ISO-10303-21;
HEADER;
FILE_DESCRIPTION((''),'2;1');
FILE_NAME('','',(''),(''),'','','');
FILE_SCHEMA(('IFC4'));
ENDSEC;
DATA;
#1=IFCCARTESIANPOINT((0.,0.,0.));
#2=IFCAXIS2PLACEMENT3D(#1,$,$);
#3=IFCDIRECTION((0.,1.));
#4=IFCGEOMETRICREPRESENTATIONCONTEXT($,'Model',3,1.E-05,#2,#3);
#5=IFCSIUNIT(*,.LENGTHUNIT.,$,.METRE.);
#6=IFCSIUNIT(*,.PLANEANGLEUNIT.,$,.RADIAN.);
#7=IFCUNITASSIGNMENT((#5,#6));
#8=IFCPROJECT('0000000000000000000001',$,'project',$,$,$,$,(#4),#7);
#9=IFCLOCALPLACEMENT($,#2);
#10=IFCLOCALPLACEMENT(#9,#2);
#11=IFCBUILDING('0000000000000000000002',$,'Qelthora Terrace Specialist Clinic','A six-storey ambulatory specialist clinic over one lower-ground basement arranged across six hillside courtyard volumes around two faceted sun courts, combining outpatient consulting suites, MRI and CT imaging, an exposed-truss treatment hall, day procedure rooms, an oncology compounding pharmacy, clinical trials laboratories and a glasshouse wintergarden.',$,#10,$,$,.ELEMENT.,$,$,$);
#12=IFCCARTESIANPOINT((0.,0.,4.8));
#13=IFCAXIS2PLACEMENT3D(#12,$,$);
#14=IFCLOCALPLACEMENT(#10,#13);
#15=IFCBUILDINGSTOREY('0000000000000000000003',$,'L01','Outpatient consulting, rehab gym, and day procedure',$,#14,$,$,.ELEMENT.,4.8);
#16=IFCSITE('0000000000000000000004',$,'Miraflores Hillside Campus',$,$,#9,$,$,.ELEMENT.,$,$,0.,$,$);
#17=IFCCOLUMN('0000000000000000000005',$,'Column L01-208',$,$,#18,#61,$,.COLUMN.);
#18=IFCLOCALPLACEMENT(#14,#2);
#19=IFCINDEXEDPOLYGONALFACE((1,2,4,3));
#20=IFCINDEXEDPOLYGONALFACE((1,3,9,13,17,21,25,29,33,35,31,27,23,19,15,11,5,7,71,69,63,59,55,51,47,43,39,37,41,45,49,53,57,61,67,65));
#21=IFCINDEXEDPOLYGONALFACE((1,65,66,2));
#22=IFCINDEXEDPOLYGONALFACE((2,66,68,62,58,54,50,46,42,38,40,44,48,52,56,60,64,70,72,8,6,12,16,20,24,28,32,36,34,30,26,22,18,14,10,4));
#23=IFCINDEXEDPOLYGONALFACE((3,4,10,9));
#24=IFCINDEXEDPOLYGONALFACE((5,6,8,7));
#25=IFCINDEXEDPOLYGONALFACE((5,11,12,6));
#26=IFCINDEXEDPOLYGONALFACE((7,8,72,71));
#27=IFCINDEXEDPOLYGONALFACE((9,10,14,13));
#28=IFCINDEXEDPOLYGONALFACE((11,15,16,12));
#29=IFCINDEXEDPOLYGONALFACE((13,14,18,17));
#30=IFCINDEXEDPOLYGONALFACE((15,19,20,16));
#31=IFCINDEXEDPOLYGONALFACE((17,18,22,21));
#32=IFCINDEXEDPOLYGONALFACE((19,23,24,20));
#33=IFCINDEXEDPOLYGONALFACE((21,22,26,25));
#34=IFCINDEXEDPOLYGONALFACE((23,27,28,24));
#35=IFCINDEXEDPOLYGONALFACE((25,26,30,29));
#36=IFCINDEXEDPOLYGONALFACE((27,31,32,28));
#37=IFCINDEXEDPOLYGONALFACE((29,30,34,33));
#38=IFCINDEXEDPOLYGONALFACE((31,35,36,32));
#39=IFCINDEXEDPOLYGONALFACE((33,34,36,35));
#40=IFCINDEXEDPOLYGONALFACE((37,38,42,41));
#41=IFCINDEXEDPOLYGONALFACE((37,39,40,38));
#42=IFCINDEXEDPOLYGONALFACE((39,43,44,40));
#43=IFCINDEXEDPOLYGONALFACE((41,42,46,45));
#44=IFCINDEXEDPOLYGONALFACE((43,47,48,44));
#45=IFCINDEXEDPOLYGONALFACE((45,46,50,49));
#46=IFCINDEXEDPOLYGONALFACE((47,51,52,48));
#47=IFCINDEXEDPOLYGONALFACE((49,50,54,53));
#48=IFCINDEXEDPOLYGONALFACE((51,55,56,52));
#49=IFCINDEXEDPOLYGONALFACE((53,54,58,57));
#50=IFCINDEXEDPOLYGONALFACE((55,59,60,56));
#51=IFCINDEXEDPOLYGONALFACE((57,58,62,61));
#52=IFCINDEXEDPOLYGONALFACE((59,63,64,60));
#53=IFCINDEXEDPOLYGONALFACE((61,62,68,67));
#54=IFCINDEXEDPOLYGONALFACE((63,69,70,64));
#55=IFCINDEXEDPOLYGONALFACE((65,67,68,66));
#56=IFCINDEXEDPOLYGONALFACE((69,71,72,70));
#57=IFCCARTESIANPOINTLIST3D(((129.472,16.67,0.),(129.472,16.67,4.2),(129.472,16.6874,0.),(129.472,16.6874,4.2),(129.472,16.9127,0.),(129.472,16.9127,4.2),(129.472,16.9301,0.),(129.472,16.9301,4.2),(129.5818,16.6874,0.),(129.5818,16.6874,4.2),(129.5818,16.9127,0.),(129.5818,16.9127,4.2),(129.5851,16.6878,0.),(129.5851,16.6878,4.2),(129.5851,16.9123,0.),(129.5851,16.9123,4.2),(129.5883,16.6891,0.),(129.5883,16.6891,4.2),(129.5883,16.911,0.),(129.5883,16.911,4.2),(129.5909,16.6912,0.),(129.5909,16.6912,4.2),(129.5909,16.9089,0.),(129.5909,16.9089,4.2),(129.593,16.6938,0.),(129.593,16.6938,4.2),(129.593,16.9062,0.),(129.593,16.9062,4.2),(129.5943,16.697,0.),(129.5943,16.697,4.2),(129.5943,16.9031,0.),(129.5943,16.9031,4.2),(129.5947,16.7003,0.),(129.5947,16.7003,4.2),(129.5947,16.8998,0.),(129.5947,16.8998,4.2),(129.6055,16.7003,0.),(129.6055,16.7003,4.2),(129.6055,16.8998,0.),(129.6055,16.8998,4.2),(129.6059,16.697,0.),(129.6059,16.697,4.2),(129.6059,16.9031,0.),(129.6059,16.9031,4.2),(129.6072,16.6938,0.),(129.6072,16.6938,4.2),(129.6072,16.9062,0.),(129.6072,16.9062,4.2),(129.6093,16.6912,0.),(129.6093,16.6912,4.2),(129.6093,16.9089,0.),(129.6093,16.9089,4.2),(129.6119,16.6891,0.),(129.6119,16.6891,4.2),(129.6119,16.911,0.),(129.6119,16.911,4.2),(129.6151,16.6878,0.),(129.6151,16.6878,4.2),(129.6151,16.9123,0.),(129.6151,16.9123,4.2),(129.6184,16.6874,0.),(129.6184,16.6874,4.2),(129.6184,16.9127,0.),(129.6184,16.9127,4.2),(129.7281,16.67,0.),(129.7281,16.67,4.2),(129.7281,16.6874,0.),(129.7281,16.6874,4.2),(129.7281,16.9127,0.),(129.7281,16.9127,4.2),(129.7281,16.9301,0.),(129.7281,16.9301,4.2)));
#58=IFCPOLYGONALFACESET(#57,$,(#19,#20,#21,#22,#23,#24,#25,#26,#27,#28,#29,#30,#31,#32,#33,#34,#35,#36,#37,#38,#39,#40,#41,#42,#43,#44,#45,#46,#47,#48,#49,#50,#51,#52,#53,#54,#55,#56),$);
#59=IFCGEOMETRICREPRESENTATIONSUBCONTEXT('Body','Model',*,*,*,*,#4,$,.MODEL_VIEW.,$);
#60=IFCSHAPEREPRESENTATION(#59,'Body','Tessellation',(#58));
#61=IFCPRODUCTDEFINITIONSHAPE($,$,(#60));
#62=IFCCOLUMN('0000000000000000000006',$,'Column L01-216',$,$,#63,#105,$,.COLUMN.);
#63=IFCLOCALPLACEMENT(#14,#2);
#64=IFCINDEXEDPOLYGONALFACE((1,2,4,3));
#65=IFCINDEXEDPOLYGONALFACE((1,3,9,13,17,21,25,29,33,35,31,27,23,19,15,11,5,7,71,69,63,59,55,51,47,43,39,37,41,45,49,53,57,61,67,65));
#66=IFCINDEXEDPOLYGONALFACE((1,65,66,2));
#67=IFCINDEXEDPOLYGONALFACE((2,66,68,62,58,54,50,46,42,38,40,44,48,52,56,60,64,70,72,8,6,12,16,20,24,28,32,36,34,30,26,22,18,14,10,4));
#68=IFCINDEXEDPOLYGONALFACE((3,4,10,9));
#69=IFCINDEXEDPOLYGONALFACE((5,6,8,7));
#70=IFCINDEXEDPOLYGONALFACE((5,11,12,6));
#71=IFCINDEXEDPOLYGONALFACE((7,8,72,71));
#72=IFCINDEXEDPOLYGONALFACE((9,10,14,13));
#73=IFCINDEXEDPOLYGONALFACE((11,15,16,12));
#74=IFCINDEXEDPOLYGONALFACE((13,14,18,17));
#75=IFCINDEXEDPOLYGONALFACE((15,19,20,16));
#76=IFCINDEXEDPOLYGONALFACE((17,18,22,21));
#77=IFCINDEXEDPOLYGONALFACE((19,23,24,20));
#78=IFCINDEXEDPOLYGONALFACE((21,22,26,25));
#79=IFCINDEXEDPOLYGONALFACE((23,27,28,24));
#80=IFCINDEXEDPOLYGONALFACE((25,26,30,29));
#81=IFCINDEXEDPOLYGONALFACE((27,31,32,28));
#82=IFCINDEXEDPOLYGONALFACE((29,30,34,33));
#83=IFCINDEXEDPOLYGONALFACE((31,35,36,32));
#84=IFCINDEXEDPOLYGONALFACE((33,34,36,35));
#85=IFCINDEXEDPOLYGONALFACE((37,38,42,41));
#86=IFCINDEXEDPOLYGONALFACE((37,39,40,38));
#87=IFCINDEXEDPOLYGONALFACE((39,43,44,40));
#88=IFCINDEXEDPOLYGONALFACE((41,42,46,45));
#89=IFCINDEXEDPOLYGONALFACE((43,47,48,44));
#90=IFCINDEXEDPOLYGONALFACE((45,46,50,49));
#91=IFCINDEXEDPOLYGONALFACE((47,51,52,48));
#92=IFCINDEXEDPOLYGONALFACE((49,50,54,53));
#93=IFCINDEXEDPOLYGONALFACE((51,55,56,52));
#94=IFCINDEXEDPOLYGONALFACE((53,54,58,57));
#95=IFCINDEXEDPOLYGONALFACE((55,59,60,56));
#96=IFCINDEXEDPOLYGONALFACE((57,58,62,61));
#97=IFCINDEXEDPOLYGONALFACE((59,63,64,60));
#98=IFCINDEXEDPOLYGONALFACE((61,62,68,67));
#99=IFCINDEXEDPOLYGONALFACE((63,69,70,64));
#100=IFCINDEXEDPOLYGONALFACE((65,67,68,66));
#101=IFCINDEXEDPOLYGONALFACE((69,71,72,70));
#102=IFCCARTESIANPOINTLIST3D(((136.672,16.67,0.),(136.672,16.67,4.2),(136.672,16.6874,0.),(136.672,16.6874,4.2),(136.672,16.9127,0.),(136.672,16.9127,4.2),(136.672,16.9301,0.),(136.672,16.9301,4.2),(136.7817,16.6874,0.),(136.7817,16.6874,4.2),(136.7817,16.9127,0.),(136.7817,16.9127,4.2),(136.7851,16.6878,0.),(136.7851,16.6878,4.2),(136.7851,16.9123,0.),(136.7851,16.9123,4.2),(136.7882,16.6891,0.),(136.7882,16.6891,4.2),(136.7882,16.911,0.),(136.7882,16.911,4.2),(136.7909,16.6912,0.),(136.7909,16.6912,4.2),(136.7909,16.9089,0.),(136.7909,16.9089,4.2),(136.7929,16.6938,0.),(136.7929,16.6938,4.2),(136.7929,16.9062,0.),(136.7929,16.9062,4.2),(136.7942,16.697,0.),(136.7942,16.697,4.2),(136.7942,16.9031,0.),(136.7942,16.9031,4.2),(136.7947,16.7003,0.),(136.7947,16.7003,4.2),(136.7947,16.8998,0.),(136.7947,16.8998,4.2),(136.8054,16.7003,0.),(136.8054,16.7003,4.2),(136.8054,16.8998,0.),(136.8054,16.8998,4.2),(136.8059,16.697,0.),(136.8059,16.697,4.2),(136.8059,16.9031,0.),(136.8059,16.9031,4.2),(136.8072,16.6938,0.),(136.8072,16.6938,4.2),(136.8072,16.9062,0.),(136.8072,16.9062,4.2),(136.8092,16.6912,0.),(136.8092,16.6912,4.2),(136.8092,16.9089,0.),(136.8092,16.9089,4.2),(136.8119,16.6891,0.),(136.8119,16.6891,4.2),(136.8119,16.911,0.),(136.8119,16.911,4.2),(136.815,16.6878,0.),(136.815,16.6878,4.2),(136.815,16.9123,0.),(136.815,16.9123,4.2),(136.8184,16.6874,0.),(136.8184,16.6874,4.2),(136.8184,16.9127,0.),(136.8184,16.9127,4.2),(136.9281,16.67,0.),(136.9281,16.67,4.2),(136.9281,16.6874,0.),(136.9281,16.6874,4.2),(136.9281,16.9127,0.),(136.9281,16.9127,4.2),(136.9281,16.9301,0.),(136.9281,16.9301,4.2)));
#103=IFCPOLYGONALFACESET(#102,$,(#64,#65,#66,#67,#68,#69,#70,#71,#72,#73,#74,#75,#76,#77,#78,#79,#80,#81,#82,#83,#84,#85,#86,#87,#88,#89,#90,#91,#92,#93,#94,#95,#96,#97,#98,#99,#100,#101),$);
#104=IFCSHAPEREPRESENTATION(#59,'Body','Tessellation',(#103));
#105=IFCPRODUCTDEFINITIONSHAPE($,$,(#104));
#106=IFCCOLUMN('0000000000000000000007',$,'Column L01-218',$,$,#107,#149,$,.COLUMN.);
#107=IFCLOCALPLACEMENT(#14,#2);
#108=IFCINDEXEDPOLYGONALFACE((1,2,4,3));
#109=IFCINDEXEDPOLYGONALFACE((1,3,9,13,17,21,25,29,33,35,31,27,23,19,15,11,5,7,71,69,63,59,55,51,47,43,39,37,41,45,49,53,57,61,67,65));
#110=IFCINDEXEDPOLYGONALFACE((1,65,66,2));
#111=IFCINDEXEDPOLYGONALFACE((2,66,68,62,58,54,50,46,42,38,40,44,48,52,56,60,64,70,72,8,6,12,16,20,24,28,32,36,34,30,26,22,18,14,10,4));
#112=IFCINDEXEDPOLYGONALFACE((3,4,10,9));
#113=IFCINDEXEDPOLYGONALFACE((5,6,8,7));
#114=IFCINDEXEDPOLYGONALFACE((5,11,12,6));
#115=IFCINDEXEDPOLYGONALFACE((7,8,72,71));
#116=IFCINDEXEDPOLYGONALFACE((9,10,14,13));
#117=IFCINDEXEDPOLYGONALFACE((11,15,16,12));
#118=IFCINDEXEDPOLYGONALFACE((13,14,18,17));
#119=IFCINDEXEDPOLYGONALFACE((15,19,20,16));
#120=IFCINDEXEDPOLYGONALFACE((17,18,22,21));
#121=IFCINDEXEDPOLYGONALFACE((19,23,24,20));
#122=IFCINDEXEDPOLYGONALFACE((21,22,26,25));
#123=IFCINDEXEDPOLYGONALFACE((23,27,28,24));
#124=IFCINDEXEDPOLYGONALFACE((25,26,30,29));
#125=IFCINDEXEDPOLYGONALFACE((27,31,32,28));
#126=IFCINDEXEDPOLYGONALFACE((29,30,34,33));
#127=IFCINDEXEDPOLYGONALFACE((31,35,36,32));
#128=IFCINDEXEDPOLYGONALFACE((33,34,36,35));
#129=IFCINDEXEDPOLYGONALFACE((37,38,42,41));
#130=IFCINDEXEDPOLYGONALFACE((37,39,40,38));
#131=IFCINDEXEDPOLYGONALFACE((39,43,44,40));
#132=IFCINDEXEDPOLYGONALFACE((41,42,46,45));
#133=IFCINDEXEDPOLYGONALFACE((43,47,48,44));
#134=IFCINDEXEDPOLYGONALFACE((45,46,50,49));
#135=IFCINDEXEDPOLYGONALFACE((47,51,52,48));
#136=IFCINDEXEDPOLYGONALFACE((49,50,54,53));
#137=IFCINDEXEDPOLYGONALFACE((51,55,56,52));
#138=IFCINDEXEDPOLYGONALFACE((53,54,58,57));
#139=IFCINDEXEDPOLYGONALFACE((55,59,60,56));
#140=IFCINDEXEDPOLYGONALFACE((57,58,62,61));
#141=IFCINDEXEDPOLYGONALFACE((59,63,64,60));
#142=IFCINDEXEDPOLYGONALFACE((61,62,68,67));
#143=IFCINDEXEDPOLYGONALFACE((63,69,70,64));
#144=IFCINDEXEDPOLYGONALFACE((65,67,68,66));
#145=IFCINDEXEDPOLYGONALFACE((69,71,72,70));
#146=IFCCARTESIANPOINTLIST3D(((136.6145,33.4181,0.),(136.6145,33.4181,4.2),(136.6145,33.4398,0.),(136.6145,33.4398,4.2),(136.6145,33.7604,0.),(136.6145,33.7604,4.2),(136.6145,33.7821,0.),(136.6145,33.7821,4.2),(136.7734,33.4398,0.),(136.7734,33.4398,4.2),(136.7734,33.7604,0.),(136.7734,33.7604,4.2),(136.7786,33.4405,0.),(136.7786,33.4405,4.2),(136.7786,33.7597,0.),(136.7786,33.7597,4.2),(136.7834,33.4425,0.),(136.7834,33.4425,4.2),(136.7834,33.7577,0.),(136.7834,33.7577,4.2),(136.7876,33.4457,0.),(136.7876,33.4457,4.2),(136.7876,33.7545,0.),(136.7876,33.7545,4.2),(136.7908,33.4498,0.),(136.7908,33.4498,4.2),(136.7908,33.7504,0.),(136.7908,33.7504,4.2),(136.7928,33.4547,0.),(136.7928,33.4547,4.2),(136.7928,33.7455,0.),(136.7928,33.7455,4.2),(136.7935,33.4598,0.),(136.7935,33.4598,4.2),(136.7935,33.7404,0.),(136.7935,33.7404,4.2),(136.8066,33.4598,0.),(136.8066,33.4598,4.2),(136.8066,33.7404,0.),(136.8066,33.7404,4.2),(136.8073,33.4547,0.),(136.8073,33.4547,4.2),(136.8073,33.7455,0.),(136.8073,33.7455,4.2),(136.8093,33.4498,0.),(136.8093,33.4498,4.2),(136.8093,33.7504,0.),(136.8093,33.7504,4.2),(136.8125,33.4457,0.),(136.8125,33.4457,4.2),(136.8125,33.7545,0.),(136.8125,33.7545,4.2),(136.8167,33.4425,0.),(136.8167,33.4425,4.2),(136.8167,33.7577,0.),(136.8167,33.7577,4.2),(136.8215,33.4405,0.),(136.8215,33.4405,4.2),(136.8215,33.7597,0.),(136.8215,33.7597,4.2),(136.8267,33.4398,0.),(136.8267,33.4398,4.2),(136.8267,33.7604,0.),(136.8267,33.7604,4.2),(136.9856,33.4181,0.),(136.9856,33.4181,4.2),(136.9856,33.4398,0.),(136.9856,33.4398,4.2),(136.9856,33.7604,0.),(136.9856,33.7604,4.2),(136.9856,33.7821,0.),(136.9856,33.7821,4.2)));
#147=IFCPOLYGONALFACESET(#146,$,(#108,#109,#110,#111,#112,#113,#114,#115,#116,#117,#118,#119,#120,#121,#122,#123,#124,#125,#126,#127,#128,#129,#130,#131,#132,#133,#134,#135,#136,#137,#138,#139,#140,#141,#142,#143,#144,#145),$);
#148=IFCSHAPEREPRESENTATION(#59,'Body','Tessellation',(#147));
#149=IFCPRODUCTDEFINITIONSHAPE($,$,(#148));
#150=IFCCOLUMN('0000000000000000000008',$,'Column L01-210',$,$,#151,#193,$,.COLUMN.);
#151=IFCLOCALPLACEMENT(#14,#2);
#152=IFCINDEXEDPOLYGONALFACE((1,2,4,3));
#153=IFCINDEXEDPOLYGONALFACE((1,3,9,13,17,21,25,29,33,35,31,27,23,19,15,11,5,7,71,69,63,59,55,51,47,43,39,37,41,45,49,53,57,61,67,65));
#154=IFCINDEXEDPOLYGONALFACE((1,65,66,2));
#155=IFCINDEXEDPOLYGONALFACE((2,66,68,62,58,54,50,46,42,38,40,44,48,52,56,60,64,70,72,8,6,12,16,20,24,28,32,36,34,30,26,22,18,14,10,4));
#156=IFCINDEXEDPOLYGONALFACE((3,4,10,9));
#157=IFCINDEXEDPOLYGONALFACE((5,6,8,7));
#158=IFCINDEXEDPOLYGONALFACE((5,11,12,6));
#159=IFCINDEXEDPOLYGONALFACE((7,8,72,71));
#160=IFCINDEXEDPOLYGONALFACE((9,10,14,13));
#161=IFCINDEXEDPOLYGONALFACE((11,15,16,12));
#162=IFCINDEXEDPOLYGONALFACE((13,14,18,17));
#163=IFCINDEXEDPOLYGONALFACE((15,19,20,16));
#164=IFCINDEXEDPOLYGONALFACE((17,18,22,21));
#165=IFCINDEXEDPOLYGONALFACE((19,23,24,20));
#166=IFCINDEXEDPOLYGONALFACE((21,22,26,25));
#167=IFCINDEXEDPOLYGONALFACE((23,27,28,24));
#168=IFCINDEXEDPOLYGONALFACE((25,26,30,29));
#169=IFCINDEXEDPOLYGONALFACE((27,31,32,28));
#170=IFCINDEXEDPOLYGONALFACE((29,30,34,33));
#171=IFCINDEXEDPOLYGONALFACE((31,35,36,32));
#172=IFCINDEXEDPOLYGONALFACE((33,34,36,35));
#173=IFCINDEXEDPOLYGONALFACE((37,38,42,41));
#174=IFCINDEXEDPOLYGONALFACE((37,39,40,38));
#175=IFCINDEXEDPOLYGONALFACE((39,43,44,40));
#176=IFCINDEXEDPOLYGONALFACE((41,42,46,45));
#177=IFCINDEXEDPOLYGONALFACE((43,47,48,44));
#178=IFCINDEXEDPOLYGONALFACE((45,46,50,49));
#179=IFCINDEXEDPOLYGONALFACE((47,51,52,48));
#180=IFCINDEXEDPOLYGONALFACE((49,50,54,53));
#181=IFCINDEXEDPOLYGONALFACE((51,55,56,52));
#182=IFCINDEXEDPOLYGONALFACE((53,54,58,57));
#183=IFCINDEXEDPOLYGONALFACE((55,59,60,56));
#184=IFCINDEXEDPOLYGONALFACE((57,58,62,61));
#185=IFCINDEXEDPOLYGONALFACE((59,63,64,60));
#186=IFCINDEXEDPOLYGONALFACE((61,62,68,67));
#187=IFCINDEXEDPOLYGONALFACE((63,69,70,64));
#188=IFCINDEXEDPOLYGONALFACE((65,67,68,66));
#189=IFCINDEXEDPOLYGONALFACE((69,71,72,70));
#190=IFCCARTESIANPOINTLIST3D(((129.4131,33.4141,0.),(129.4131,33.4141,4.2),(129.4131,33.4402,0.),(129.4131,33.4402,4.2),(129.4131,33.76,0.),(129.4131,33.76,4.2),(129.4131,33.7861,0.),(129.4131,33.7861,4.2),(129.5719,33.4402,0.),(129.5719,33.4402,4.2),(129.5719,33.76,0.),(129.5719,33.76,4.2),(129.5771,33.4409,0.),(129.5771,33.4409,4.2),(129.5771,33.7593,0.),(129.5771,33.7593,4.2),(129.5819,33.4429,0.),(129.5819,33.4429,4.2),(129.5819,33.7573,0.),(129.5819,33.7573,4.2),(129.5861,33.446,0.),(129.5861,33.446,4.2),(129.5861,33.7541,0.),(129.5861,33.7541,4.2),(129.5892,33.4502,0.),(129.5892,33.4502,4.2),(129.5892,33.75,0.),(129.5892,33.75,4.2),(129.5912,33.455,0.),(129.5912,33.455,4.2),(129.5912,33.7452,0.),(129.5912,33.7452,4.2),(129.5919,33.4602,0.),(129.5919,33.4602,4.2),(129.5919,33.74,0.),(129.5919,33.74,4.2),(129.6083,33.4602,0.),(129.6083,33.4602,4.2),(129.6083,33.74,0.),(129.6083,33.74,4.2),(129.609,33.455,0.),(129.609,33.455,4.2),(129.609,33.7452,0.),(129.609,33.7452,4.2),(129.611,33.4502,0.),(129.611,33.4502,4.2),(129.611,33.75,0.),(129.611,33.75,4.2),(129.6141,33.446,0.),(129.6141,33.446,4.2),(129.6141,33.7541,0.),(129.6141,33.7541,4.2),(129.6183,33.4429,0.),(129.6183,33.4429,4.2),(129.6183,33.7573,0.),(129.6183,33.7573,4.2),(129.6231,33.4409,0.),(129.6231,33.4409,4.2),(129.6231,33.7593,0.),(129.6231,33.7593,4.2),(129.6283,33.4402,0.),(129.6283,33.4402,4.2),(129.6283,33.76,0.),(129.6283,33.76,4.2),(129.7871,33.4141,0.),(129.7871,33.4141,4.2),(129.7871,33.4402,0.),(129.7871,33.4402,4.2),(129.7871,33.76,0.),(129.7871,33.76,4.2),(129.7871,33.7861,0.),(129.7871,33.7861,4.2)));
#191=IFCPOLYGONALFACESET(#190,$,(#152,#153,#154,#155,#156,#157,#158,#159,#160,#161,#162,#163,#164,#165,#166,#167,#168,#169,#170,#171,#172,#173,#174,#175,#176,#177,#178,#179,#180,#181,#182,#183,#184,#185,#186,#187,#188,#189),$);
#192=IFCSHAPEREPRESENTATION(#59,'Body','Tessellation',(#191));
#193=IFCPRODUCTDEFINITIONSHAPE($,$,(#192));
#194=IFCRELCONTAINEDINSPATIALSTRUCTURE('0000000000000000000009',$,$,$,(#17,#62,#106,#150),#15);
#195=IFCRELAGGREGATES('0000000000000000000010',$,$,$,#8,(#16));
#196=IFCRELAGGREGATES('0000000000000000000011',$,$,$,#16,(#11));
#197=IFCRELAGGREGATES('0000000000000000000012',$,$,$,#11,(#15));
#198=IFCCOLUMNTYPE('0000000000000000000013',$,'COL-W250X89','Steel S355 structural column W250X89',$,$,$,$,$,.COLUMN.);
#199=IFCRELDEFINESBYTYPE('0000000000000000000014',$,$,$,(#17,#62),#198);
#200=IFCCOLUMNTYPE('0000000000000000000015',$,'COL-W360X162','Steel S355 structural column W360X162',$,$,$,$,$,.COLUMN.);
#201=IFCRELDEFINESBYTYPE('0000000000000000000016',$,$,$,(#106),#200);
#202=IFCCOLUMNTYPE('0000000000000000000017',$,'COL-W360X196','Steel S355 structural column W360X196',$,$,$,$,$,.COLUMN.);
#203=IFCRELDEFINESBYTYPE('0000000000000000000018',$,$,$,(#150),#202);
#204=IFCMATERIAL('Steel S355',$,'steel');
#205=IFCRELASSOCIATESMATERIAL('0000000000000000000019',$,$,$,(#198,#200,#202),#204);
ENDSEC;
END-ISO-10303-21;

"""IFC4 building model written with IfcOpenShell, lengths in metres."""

from ifc_helpers import new_model, si_unit, direction, frame, origin, origin_2d, place, context, subcontext, project, spatial, i_section, extrude, material, material_profile, profile_set, type_object, element, save


model = new_model("IFC4")

# Units and contexts
model_context = context("Model", 3, precision=1e-05, world=origin(), true_north=direction((0.0, 1.0)))
body_context = subcontext(model_context, "Body", "Model", "MODEL_VIEW")
ifc_project = project(units=[si_unit("LENGTHUNIT", "METRE"), si_unit("PLANEANGLEUNIT", "RADIAN")], contexts=[model_context])

# Site, building, storey
site_placement = place(None, origin())
site = spatial("IfcSite", under=ifc_project, at=site_placement, Name="Miraflores Hillside Campus", CompositionType="ELEMENT", RefElevation=0.0)
building_placement = place(site_placement, origin())
building = spatial("IfcBuilding", under=site, at=building_placement, Name="Qelthora Terrace Specialist Clinic", Description="A six-storey ambulatory specialist clinic over one lower-ground basement arranged across six hillside courtyard volumes around two faceted sun courts, combining outpatient consulting suites, MRI and CT imaging, an exposed-truss treatment hall, day procedure rooms, an oncology compounding pharmacy, clinical trials laboratories and a glasshouse wintergarden.", CompositionType="ELEMENT")
storey_placement = place(building_placement, frame((0.0, 0.0, 4.8)))
storey = spatial("IfcBuildingStorey", under=building, at=storey_placement, Name="L01", Description="Outpatient consulting, rehab gym, and day procedure", CompositionType="ELEMENT", Elevation=4.8)

# Columns
ifc_material_1 = material(Name="Steel S355", Category="steel")
ifc_material_profile_1 = material_profile(ifc_material_1, i_section(OverallWidth=0.2561, OverallDepth=0.26, WebThickness=0.0107, FlangeThickness=0.0173, FilletRadius=0.0129, at=origin_2d()), Name="W250X89")
ifc_profile_set_1 = profile_set([ifc_material_profile_1], Name="Steel S355")
column_type_1 = type_object("IfcColumnType", Name="COL-W250X89", Description="Steel S355 structural column W250X89", PredefinedType="COLUMN", material=ifc_profile_set_1)
for number, where, z_axis, x_axis, name in (
    (1, (129.6001, 16.8, 0.0), (0.0, 0.0, 1.0), (1.0, 0.0, 0.0), "Column L01-208"),
    (2, (136.8, 16.8, 0.0), (0.0, 0.0, 1.0), (1.0, 0.0, 0.0), "Column L01-216"),
):
    element("IfcColumn", number, at=place(storey_placement, frame(where, z_axis=z_axis, x_axis=x_axis)), inside=storey, type_object=column_type_1, Name=name, PredefinedType="COLUMN", context=body_context, shape_type="SweptSolid", body=[
        extrude(i_section(OverallWidth=0.2561, OverallDepth=0.26, WebThickness=0.0107, FlangeThickness=0.0173, FilletRadius=0.0129, at=origin_2d()), origin(), (0.0, 0.0, 1.0), 4.2),
    ])
ifc_material_profile_2 = material_profile(ifc_material_1, i_section(OverallWidth=0.3711, OverallDepth=0.364, WebThickness=0.0132, FlangeThickness=0.0217, FilletRadius=0.02, at=origin_2d()), Name="W360X162")
ifc_profile_set_2 = profile_set([ifc_material_profile_2], Name="Steel S355")
column_type_2 = type_object("IfcColumnType", Name="COL-W360X162", Description="Steel S355 structural column W360X162", PredefinedType="COLUMN", material=ifc_profile_set_2)
column_1_placement = place(storey_placement, frame((136.8, 33.6001, 0.0), z_axis=(0.0, 0.0, 1.0), x_axis=(1.0, 0.0, 0.0)))
element("IfcColumn", 3, at=column_1_placement, inside=storey, type_object=column_type_2, Name="Column L01-218", PredefinedType="COLUMN", context=body_context, shape_type="SweptSolid", body=[
    extrude(i_section(OverallWidth=0.3711, OverallDepth=0.364, WebThickness=0.0132, FlangeThickness=0.0217, FilletRadius=0.02, at=origin_2d()), origin(), (0.0, 0.0, 1.0), 4.2),
])
ifc_material_profile_3 = material_profile(ifc_material_1, i_section(OverallWidth=0.374, OverallDepth=0.3721, WebThickness=0.0164, FlangeThickness=0.0261, FilletRadius=0.02, at=origin_2d()), Name="W360X196")
ifc_profile_set_3 = profile_set([ifc_material_profile_3], Name="Steel S355")
column_type_3 = type_object("IfcColumnType", Name="COL-W360X196", Description="Steel S355 structural column W360X196", PredefinedType="COLUMN", material=ifc_profile_set_3)
column_2_placement = place(storey_placement, frame((129.6001, 33.6001, 0.0), z_axis=(0.0, 0.0, 1.0), x_axis=(1.0, 0.0, 0.0)))
element("IfcColumn", 4, at=column_2_placement, inside=storey, type_object=column_type_3, Name="Column L01-210", PredefinedType="COLUMN", context=body_context, shape_type="SweptSolid", body=[
    extrude(i_section(OverallWidth=0.374, OverallDepth=0.3721, WebThickness=0.0164, FlangeThickness=0.0261, FilletRadius=0.02, at=origin_2d()), origin(), (0.0, 0.0, 1.0), 4.2),
])

save(model, "model.ifc")
